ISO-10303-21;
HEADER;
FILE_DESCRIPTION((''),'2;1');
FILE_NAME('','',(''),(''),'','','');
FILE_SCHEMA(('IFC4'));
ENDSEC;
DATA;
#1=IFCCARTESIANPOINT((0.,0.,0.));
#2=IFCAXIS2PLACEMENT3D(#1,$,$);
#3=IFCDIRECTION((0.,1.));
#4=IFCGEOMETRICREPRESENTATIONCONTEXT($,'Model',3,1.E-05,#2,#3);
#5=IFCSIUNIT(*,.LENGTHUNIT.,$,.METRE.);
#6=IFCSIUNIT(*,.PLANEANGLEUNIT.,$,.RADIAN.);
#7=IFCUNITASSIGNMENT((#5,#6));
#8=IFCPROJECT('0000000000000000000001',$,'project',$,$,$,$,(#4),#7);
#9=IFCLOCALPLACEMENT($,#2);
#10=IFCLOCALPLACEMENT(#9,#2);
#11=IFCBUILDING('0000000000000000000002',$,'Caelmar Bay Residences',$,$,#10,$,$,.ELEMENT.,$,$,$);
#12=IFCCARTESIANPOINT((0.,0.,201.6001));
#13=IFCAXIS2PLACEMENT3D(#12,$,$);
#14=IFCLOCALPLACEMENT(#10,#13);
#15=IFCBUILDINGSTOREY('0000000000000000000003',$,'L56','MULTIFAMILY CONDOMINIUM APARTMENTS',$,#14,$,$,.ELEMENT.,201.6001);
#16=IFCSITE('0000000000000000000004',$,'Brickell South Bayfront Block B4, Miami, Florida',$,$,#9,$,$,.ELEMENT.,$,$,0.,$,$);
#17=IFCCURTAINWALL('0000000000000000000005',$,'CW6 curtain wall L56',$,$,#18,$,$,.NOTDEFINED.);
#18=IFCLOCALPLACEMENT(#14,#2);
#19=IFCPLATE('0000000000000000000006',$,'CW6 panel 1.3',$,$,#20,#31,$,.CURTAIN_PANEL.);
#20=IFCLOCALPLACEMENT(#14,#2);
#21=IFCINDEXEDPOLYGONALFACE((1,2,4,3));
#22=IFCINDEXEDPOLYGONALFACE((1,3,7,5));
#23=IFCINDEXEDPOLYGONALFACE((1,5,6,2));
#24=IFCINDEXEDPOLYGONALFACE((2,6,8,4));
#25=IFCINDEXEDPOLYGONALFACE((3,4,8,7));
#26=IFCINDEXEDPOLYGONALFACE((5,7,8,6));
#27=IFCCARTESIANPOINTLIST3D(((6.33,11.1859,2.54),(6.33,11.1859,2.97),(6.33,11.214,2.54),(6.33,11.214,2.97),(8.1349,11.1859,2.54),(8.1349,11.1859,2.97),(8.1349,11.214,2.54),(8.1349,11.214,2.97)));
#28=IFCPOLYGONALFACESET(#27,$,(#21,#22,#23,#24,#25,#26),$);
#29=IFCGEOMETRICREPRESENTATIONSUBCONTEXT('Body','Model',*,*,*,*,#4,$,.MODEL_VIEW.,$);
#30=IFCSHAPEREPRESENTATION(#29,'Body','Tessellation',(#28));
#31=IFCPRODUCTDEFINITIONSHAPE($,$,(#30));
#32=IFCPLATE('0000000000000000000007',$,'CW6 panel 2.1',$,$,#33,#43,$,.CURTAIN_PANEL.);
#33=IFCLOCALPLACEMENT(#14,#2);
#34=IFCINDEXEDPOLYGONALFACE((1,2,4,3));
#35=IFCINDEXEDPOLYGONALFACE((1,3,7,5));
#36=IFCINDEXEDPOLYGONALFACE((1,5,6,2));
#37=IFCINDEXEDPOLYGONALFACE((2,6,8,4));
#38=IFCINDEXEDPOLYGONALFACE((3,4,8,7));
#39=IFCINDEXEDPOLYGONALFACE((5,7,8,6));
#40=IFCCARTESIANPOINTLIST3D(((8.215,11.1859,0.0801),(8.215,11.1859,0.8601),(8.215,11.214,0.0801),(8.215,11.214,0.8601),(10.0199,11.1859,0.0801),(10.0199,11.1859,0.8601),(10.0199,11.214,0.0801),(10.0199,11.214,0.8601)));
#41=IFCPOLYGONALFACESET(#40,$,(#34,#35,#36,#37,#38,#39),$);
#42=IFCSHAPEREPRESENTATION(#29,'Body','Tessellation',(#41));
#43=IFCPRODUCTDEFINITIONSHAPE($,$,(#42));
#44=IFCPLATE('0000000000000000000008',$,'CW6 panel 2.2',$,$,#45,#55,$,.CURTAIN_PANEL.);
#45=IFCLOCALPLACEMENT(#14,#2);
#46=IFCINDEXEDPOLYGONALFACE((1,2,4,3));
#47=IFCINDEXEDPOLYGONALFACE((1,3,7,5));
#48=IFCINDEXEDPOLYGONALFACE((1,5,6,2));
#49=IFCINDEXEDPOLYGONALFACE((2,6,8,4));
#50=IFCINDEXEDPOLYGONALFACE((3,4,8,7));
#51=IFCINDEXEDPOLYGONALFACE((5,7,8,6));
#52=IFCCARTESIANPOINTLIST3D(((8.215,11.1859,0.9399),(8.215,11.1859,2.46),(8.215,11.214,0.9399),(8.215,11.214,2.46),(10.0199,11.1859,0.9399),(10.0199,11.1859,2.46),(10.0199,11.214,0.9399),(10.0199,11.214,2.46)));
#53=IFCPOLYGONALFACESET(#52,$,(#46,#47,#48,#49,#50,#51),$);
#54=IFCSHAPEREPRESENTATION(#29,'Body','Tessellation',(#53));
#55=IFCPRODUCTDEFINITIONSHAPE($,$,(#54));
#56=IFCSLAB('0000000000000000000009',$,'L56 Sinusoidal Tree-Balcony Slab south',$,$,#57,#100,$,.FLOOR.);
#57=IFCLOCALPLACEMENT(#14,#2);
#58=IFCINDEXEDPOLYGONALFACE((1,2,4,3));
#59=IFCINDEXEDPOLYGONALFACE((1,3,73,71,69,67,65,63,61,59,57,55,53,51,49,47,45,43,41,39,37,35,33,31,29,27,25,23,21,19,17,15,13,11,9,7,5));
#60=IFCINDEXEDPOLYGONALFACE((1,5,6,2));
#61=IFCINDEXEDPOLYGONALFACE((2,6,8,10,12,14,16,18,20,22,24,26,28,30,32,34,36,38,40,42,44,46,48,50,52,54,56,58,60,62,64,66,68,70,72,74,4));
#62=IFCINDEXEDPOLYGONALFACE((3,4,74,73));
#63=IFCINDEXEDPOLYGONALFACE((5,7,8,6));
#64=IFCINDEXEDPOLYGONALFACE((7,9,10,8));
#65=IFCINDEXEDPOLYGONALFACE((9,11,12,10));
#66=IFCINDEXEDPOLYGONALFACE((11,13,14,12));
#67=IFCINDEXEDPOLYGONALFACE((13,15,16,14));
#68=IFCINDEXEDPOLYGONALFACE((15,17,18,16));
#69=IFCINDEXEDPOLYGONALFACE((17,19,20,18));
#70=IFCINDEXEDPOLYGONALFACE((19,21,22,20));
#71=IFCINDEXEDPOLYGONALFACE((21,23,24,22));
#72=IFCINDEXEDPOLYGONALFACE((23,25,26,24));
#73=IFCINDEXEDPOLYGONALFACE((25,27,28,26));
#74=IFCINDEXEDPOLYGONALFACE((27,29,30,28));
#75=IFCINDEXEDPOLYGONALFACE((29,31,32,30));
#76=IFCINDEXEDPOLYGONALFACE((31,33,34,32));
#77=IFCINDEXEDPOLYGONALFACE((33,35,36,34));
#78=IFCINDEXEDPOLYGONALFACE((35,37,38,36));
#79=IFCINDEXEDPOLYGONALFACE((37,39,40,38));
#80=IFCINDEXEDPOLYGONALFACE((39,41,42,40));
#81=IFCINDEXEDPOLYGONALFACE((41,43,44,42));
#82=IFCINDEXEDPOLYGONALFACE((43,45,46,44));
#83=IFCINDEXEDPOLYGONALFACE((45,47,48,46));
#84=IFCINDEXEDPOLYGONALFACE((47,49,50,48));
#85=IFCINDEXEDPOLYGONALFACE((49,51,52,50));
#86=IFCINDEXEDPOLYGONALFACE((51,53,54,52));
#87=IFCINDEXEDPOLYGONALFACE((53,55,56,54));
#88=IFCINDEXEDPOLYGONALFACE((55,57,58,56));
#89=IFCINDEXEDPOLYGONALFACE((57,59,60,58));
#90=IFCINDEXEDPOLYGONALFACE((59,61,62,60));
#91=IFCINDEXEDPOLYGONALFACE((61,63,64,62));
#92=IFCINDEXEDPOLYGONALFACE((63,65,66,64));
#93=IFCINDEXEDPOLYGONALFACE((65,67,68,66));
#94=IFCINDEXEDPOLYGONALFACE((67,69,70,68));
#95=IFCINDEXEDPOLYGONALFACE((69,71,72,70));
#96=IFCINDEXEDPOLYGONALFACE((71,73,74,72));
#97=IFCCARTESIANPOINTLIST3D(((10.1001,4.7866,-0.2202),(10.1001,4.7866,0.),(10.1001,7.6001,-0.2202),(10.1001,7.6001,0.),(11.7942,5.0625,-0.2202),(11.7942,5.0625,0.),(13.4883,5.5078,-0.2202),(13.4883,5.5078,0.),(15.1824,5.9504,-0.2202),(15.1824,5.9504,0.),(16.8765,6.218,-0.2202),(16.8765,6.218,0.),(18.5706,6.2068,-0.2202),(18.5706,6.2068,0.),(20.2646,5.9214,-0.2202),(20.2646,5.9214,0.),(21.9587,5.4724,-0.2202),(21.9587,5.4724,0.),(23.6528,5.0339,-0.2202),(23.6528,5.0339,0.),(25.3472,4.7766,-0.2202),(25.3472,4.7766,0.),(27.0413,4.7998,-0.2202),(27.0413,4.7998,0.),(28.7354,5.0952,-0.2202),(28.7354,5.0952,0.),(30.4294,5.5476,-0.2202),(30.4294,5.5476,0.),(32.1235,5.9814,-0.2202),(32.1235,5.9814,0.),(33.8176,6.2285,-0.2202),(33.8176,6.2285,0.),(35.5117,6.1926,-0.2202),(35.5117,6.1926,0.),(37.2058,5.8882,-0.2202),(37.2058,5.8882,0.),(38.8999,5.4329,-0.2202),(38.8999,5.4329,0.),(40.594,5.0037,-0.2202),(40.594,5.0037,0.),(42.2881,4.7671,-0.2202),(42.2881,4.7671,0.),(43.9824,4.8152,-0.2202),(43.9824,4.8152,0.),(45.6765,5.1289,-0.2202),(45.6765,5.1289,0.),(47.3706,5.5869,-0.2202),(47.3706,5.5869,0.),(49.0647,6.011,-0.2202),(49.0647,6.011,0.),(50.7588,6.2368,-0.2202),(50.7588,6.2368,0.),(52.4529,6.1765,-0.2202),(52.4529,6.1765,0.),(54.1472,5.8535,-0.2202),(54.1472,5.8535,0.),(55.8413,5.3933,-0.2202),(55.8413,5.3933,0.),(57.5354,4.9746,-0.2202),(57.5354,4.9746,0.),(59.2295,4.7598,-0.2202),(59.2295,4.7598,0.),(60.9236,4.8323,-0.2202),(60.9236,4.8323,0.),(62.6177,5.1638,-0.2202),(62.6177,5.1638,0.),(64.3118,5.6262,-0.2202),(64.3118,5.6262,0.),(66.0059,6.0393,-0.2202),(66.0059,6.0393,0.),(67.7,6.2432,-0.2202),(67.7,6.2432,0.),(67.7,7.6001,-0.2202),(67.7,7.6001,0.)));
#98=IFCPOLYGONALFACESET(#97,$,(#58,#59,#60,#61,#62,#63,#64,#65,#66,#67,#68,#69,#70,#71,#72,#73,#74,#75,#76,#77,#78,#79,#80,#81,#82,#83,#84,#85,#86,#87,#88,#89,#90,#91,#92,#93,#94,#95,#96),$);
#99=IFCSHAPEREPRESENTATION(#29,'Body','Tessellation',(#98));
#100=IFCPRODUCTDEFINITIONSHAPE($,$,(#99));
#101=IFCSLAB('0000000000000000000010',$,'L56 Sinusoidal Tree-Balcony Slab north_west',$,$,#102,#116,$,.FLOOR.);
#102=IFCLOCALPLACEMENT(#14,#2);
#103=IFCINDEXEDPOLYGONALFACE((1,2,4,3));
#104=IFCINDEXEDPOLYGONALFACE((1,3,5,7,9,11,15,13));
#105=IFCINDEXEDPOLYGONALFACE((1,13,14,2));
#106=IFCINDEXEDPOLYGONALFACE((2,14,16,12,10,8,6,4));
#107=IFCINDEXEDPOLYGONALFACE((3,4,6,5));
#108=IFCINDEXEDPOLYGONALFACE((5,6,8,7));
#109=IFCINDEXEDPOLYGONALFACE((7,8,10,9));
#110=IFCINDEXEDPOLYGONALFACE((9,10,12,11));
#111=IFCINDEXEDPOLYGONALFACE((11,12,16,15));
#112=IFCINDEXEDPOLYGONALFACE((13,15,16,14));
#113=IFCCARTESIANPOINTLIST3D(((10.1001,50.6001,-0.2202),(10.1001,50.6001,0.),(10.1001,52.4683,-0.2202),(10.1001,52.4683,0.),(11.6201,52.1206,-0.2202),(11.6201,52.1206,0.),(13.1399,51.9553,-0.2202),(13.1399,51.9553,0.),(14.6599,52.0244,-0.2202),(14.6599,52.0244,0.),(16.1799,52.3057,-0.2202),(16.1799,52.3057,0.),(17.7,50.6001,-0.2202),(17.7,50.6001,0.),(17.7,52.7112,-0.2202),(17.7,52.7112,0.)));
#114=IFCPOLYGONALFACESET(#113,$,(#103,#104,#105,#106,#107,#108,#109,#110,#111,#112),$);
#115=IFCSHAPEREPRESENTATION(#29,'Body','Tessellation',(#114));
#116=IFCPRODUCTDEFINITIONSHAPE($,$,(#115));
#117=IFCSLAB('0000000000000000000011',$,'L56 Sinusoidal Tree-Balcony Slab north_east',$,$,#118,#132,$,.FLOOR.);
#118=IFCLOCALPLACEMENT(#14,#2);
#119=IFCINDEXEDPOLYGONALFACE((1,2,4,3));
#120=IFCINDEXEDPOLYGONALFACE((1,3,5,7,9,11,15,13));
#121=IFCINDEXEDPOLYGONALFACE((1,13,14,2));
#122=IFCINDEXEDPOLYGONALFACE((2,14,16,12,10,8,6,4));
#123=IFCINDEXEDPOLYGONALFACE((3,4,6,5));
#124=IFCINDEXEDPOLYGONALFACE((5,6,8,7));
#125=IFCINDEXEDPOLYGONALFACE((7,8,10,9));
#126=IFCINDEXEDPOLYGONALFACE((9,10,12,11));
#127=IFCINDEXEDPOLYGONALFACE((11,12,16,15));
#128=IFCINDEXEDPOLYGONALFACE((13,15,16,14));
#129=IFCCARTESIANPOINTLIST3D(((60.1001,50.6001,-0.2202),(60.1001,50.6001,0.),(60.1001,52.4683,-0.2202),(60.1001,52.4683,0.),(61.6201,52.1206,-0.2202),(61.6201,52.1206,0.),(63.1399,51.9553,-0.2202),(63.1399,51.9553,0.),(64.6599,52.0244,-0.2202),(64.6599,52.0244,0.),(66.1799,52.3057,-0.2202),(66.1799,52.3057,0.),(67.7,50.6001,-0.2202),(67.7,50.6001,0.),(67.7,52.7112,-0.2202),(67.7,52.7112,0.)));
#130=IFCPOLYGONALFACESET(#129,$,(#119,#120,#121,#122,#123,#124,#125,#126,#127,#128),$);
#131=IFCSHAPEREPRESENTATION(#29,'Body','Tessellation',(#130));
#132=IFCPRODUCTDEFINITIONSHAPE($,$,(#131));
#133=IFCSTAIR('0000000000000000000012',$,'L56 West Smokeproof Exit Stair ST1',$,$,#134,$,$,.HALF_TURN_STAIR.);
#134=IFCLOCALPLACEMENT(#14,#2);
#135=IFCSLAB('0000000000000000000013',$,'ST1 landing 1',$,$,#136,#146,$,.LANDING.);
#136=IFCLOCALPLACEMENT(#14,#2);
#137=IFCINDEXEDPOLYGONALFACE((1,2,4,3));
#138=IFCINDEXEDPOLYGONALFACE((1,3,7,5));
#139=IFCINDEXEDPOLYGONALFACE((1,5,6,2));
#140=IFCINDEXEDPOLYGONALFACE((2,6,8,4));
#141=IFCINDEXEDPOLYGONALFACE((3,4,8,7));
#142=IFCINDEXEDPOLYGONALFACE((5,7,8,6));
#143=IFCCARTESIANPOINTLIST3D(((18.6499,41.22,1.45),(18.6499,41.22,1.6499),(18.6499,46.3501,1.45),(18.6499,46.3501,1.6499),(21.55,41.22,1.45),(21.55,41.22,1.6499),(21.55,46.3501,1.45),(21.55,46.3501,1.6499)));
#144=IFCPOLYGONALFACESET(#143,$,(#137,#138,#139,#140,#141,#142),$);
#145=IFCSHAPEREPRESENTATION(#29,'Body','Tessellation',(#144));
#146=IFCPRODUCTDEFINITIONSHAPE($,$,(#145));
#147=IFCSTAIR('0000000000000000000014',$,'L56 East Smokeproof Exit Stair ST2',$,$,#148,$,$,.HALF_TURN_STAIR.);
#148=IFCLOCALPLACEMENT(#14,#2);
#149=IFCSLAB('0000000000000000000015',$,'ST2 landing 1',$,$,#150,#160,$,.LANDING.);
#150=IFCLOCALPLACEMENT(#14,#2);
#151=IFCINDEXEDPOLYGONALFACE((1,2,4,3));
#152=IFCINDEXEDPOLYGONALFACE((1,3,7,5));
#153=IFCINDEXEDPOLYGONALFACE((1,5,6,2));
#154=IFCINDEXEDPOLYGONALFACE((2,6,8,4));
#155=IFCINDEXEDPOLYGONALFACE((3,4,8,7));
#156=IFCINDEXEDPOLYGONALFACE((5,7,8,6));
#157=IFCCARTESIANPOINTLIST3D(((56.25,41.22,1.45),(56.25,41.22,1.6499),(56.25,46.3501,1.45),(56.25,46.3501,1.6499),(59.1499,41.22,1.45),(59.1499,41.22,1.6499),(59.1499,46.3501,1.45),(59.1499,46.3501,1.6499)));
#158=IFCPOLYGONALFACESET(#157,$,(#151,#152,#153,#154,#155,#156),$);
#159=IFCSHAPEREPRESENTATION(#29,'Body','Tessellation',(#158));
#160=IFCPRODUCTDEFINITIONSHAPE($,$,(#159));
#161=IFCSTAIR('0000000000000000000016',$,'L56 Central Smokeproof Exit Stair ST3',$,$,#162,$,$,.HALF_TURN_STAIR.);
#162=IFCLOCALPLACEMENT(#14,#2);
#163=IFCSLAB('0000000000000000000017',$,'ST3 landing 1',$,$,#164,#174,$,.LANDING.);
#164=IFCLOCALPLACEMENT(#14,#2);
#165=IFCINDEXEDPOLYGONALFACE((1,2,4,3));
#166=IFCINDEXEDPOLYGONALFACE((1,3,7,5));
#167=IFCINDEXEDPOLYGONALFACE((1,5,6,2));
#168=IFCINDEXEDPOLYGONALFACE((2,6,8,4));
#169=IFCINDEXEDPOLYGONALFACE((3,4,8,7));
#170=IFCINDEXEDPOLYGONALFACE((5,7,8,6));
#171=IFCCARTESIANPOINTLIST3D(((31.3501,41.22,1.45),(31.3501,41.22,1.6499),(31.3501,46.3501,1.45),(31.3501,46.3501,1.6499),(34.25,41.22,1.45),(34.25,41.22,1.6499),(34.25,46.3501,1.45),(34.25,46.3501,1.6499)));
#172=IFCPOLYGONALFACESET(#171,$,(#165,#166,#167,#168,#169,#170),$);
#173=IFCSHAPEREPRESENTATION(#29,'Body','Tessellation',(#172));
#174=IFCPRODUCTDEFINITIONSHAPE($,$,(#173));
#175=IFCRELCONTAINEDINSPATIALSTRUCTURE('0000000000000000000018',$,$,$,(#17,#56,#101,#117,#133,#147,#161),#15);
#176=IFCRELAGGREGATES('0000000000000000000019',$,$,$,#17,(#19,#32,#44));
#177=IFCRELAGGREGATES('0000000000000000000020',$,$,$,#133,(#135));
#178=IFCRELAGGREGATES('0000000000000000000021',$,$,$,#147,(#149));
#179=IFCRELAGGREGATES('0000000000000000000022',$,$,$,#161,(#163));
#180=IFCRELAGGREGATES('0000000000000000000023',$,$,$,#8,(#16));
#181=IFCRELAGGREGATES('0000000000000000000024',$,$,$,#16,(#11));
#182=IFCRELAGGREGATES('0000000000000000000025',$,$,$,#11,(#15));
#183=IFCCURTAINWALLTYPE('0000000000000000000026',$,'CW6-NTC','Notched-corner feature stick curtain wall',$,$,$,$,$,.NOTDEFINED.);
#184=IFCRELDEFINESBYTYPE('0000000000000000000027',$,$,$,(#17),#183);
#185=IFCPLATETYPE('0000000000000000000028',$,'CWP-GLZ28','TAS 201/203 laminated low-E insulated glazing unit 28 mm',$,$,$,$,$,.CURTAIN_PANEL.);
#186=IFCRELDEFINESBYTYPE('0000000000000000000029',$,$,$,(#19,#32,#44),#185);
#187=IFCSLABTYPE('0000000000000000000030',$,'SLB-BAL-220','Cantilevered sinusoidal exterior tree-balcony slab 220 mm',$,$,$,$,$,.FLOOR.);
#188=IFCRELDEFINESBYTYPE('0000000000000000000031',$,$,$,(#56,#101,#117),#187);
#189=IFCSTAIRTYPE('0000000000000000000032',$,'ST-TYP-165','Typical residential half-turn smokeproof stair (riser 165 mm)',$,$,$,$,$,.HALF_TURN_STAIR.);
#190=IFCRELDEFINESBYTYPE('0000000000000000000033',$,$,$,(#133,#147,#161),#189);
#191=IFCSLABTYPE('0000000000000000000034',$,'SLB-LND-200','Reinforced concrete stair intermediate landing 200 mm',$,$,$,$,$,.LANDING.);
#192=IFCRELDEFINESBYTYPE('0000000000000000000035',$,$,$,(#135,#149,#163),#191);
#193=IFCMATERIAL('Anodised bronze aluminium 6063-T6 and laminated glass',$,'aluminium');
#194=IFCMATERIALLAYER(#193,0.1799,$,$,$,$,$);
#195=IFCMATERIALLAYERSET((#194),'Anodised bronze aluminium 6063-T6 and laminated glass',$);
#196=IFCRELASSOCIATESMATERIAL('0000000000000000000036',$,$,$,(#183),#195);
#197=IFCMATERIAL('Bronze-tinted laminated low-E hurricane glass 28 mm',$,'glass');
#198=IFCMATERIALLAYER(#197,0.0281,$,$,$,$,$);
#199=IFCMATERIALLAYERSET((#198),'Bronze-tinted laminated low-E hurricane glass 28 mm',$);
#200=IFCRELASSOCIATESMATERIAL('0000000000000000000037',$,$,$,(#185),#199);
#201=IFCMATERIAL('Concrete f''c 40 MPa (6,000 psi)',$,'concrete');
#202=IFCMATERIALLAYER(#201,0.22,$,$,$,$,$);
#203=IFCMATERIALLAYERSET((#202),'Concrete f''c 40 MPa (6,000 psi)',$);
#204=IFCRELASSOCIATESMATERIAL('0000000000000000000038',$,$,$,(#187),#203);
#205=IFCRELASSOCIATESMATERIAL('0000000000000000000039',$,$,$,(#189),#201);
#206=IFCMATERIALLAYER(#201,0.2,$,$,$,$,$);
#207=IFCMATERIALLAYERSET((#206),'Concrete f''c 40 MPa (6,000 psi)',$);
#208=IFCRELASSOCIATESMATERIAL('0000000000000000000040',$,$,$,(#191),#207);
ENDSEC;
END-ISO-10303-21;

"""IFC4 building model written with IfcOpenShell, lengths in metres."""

from ifc_helpers import new_model, si_unit, direction, frame, origin, origin_2d, place, context, subcontext, project, spatial, polyline, rectangle, outline, extrude, material, layer, layer_set, type_object, element, aggregate, save


model = new_model("IFC4")

# Units and contexts
model_context = context("Model", 3, precision=1e-05, world=origin(), true_north=direction((0.0, 1.0)))
body_context = subcontext(model_context, "Body", "Model", "MODEL_VIEW")
ifc_project = project(units=[si_unit("LENGTHUNIT", "METRE"), si_unit("PLANEANGLEUNIT", "RADIAN")], contexts=[model_context])

# Site, building, storey
site_placement = place(None, origin())
site = spatial("IfcSite", under=ifc_project, at=site_placement, Name="Brickell South Bayfront Block B4, Miami, Florida", CompositionType="ELEMENT", RefElevation=0.0)
building_placement = place(site_placement, origin())
building = spatial("IfcBuilding", under=site, at=building_placement, Name="Caelmar Bay Residences", CompositionType="ELEMENT")
storey_placement = place(building_placement, frame((0.0, 0.0, 201.6001)))
storey = spatial("IfcBuildingStorey", under=building, at=storey_placement, Name="L56", Description="MULTIFAMILY CONDOMINIUM APARTMENTS", CompositionType="ELEMENT", Elevation=201.6001)

# Curtain wall
ifc_material_1 = material(Name="Anodised bronze aluminium 6063-T6 and laminated glass", Category="aluminium")
ifc_layer_1 = layer(ifc_material_1, 0.1799)
ifc_layer_set_1 = layer_set([ifc_layer_1], Name="Anodised bronze aluminium 6063-T6 and laminated glass")
curtain_wall_type_1 = type_object("IfcCurtainWallType", Name="CW6-NTC", Description="Notched-corner feature stick curtain wall", PredefinedType="NOTDEFINED", material=ifc_layer_set_1)
curtain_wall_1_placement = place(storey_placement, origin())
curtain_wall_1 = element("IfcCurtainWall", 1, at=curtain_wall_1_placement, inside=storey, type_object=curtain_wall_type_1, Name="CW6 curtain wall L56", PredefinedType="NOTDEFINED")

# Plates
ifc_material_2 = material(Name="Bronze-tinted laminated low-E hurricane glass 28 mm", Category="glass")
ifc_layer_2 = layer(ifc_material_2, 0.0281)
ifc_layer_set_2 = layer_set([ifc_layer_2], Name="Bronze-tinted laminated low-E hurricane glass 28 mm")
plate_type = type_object("IfcPlateType", Name="CWP-GLZ28", Description="TAS 201/203 laminated low-E insulated glazing unit 28 mm", PredefinedType="CURTAIN_PANEL", material=ifc_layer_set_2)
plate_1_placement = place(storey_placement, frame((7.2324, 11.2, 2.54), z_axis=(0.0, 0.0, 1.0), x_axis=(1.0, 0.0, 0.0)))
plate_1 = element("IfcPlate", 2, at=plate_1_placement, type_object=plate_type, Name="CW6 panel 1.3", PredefinedType="CURTAIN_PANEL", context=body_context, shape_type="SweptSolid", body=[
    extrude(rectangle(XDim=1.8049, YDim=0.0281, at=origin_2d()), origin(), (0.0, 0.0, 1.0), 0.4299),
])
plate_2_placement = place(storey_placement, frame((9.1174, 11.2, 0.0801), z_axis=(0.0, 0.0, 1.0), x_axis=(1.0, 0.0, 0.0)))
plate_2 = element("IfcPlate", 3, at=plate_2_placement, type_object=plate_type, Name="CW6 panel 2.1", PredefinedType="CURTAIN_PANEL", context=body_context, shape_type="SweptSolid", body=[
    extrude(rectangle(XDim=1.8049, YDim=0.0281, at=origin_2d()), origin(), (0.0, 0.0, 1.0), 0.78),
])
plate_3_placement = place(storey_placement, frame((9.1174, 11.2, 0.9399), z_axis=(0.0, 0.0, 1.0), x_axis=(1.0, 0.0, 0.0)))
plate_3 = element("IfcPlate", 4, at=plate_3_placement, type_object=plate_type, Name="CW6 panel 2.2", PredefinedType="CURTAIN_PANEL", context=body_context, shape_type="SweptSolid", body=[
    extrude(rectangle(XDim=1.8049, YDim=0.0281, at=origin_2d()), origin(), (0.0, 0.0, 1.0), 1.52),
])
aggregate(curtain_wall_1, [plate_1, plate_2, plate_3])

# Slabs
ifc_material_3 = material(Name="Concrete f'c 40 MPa (6,000 psi)", Category="concrete")
ifc_layer_3 = layer(ifc_material_3, 0.22)
ifc_layer_set_3 = layer_set([ifc_layer_3], Name="Concrete f'c 40 MPa (6,000 psi)")
slab_type_1 = type_object("IfcSlabType", Name="SLB-BAL-220", Description="Cantilevered sinusoidal exterior tree-balcony slab 220 mm", PredefinedType="FLOOR", material=ifc_layer_set_3)
slab_1_placement = place(storey_placement, frame((0.0, 0.0, -0.2202)))
element("IfcSlab", 5, at=slab_1_placement, inside=storey, type_object=slab_type_1, Name="L56 Sinusoidal Tree-Balcony Slab south", PredefinedType="FLOOR", context=body_context, shape_type="SweptSolid", body=[
    extrude(outline(polyline([(10.1001, 4.7866), (11.7942, 5.0625), (13.4883, 5.5078), (15.1824, 5.9504), (16.8765, 6.218), (18.5706, 6.2068), (20.2646, 5.9214), (21.9587, 5.4724), (23.6528, 5.0339), (25.3472, 4.7766), (27.0413, 4.7998), (28.7354, 5.0952), (30.4294, 5.5476), (32.1235, 5.9814), (33.8176, 6.2285), (35.5117, 6.1926), (37.2058, 5.8882), (38.8999, 5.4329), (40.594, 5.0037), (42.2881, 4.7671), (43.9824, 4.8152), (45.6765, 5.1289), (47.3706, 5.5869), (49.0647, 6.011), (50.7588, 6.2368), (52.4529, 6.1765), (54.1472, 5.8535), (55.8413, 5.3933), (57.5354, 4.9746), (59.2295, 4.7598), (60.9236, 4.8323), (62.6177, 5.1638), (64.3118, 5.6262), (66.0059, 6.0393), (67.7, 6.2432), (67.7, 7.6001), (10.1001, 7.6001), (10.1001, 4.7866)])), origin(), (0.0, 0.0, 1.0), 0.2202),
])
slab_2_placement = place(storey_placement, frame((0.0, 0.0, -0.2202)))
element("IfcSlab", 6, at=slab_2_placement, inside=storey, type_object=slab_type_1, Name="L56 Sinusoidal Tree-Balcony Slab north_west", PredefinedType="FLOOR", context=body_context, shape_type="SweptSolid", body=[
    extrude(outline(polyline([(10.1001, 50.6001), (17.7, 50.6001), (17.7, 52.7112), (16.1799, 52.3057), (14.6599, 52.0244), (13.1399, 51.9553), (11.6201, 52.1206), (10.1001, 52.4683), (10.1001, 50.6001)])), origin(), (0.0, 0.0, 1.0), 0.2202),
])
slab_3_placement = place(storey_placement, frame((0.0, 0.0, -0.2202)))
element("IfcSlab", 7, at=slab_3_placement, inside=storey, type_object=slab_type_1, Name="L56 Sinusoidal Tree-Balcony Slab north_east", PredefinedType="FLOOR", context=body_context, shape_type="SweptSolid", body=[
    extrude(outline(polyline([(60.1001, 50.6001), (67.7, 50.6001), (67.7, 52.7112), (66.1799, 52.3057), (64.6599, 52.0244), (63.1399, 51.9553), (61.6201, 52.1206), (60.1001, 52.4683), (60.1001, 50.6001)])), origin(), (0.0, 0.0, 1.0), 0.2202),
])

# Stairs, slabs
stair_type = type_object("IfcStairType", Name="ST-TYP-165", Description="Typical residential half-turn smokeproof stair (riser 165 mm)", PredefinedType="HALF_TURN_STAIR", material=ifc_material_3)
stair_1_placement = place(storey_placement, origin())
stair_1 = element("IfcStair", 8, at=stair_1_placement, inside=storey, type_object=stair_type, Name="L56 West Smokeproof Exit Stair ST1", PredefinedType="HALF_TURN_STAIR")
ifc_layer_4 = layer(ifc_material_3, 0.2)
ifc_layer_set_4 = layer_set([ifc_layer_4], Name="Concrete f'c 40 MPa (6,000 psi)")
slab_type_2 = type_object("IfcSlabType", Name="SLB-LND-200", Description="Reinforced concrete stair intermediate landing 200 mm", PredefinedType="LANDING", material=ifc_layer_set_4)
slab_4_placement = place(storey_placement, frame((0.0, 0.0, 1.45)))
slab_4 = element("IfcSlab", 9, at=slab_4_placement, type_object=slab_type_2, Name="ST1 landing 1", PredefinedType="LANDING", context=body_context, shape_type="SweptSolid", body=[
    extrude(outline(polyline([(21.55, 41.22), (21.55, 46.3501), (18.6499, 46.3501), (18.6499, 41.22), (21.55, 41.22)])), origin(), (0.0, 0.0, 1.0), 0.2),
])
aggregate(stair_1, [slab_4])
stair_2_placement = place(storey_placement, origin())
stair_2 = element("IfcStair", 10, at=stair_2_placement, inside=storey, type_object=stair_type, Name="L56 East Smokeproof Exit Stair ST2", PredefinedType="HALF_TURN_STAIR")
slab_5_placement = place(storey_placement, frame((0.0, 0.0, 1.45)))
slab_5 = element("IfcSlab", 11, at=slab_5_placement, type_object=slab_type_2, Name="ST2 landing 1", PredefinedType="LANDING", context=body_context, shape_type="SweptSolid", body=[
    extrude(outline(polyline([(59.1499, 41.22), (59.1499, 46.3501), (56.25, 46.3501), (56.25, 41.22), (59.1499, 41.22)])), origin(), (0.0, 0.0, 1.0), 0.2),
])
aggregate(stair_2, [slab_5])
stair_3_placement = place(storey_placement, origin())
stair_3 = element("IfcStair", 12, at=stair_3_placement, inside=storey, type_object=stair_type, Name="L56 Central Smokeproof Exit Stair ST3", PredefinedType="HALF_TURN_STAIR")
slab_6_placement = place(storey_placement, frame((0.0, 0.0, 1.45)))
slab_6 = element("IfcSlab", 13, at=slab_6_placement, type_object=slab_type_2, Name="ST3 landing 1", PredefinedType="LANDING", context=body_context, shape_type="SweptSolid", body=[
    extrude(outline(polyline([(34.25, 41.22), (34.25, 46.3501), (31.3501, 46.3501), (31.3501, 41.22), (34.25, 41.22)])), origin(), (0.0, 0.0, 1.0), 0.2),
])
aggregate(stair_3, [slab_6])

save(model, "model.ifc")
